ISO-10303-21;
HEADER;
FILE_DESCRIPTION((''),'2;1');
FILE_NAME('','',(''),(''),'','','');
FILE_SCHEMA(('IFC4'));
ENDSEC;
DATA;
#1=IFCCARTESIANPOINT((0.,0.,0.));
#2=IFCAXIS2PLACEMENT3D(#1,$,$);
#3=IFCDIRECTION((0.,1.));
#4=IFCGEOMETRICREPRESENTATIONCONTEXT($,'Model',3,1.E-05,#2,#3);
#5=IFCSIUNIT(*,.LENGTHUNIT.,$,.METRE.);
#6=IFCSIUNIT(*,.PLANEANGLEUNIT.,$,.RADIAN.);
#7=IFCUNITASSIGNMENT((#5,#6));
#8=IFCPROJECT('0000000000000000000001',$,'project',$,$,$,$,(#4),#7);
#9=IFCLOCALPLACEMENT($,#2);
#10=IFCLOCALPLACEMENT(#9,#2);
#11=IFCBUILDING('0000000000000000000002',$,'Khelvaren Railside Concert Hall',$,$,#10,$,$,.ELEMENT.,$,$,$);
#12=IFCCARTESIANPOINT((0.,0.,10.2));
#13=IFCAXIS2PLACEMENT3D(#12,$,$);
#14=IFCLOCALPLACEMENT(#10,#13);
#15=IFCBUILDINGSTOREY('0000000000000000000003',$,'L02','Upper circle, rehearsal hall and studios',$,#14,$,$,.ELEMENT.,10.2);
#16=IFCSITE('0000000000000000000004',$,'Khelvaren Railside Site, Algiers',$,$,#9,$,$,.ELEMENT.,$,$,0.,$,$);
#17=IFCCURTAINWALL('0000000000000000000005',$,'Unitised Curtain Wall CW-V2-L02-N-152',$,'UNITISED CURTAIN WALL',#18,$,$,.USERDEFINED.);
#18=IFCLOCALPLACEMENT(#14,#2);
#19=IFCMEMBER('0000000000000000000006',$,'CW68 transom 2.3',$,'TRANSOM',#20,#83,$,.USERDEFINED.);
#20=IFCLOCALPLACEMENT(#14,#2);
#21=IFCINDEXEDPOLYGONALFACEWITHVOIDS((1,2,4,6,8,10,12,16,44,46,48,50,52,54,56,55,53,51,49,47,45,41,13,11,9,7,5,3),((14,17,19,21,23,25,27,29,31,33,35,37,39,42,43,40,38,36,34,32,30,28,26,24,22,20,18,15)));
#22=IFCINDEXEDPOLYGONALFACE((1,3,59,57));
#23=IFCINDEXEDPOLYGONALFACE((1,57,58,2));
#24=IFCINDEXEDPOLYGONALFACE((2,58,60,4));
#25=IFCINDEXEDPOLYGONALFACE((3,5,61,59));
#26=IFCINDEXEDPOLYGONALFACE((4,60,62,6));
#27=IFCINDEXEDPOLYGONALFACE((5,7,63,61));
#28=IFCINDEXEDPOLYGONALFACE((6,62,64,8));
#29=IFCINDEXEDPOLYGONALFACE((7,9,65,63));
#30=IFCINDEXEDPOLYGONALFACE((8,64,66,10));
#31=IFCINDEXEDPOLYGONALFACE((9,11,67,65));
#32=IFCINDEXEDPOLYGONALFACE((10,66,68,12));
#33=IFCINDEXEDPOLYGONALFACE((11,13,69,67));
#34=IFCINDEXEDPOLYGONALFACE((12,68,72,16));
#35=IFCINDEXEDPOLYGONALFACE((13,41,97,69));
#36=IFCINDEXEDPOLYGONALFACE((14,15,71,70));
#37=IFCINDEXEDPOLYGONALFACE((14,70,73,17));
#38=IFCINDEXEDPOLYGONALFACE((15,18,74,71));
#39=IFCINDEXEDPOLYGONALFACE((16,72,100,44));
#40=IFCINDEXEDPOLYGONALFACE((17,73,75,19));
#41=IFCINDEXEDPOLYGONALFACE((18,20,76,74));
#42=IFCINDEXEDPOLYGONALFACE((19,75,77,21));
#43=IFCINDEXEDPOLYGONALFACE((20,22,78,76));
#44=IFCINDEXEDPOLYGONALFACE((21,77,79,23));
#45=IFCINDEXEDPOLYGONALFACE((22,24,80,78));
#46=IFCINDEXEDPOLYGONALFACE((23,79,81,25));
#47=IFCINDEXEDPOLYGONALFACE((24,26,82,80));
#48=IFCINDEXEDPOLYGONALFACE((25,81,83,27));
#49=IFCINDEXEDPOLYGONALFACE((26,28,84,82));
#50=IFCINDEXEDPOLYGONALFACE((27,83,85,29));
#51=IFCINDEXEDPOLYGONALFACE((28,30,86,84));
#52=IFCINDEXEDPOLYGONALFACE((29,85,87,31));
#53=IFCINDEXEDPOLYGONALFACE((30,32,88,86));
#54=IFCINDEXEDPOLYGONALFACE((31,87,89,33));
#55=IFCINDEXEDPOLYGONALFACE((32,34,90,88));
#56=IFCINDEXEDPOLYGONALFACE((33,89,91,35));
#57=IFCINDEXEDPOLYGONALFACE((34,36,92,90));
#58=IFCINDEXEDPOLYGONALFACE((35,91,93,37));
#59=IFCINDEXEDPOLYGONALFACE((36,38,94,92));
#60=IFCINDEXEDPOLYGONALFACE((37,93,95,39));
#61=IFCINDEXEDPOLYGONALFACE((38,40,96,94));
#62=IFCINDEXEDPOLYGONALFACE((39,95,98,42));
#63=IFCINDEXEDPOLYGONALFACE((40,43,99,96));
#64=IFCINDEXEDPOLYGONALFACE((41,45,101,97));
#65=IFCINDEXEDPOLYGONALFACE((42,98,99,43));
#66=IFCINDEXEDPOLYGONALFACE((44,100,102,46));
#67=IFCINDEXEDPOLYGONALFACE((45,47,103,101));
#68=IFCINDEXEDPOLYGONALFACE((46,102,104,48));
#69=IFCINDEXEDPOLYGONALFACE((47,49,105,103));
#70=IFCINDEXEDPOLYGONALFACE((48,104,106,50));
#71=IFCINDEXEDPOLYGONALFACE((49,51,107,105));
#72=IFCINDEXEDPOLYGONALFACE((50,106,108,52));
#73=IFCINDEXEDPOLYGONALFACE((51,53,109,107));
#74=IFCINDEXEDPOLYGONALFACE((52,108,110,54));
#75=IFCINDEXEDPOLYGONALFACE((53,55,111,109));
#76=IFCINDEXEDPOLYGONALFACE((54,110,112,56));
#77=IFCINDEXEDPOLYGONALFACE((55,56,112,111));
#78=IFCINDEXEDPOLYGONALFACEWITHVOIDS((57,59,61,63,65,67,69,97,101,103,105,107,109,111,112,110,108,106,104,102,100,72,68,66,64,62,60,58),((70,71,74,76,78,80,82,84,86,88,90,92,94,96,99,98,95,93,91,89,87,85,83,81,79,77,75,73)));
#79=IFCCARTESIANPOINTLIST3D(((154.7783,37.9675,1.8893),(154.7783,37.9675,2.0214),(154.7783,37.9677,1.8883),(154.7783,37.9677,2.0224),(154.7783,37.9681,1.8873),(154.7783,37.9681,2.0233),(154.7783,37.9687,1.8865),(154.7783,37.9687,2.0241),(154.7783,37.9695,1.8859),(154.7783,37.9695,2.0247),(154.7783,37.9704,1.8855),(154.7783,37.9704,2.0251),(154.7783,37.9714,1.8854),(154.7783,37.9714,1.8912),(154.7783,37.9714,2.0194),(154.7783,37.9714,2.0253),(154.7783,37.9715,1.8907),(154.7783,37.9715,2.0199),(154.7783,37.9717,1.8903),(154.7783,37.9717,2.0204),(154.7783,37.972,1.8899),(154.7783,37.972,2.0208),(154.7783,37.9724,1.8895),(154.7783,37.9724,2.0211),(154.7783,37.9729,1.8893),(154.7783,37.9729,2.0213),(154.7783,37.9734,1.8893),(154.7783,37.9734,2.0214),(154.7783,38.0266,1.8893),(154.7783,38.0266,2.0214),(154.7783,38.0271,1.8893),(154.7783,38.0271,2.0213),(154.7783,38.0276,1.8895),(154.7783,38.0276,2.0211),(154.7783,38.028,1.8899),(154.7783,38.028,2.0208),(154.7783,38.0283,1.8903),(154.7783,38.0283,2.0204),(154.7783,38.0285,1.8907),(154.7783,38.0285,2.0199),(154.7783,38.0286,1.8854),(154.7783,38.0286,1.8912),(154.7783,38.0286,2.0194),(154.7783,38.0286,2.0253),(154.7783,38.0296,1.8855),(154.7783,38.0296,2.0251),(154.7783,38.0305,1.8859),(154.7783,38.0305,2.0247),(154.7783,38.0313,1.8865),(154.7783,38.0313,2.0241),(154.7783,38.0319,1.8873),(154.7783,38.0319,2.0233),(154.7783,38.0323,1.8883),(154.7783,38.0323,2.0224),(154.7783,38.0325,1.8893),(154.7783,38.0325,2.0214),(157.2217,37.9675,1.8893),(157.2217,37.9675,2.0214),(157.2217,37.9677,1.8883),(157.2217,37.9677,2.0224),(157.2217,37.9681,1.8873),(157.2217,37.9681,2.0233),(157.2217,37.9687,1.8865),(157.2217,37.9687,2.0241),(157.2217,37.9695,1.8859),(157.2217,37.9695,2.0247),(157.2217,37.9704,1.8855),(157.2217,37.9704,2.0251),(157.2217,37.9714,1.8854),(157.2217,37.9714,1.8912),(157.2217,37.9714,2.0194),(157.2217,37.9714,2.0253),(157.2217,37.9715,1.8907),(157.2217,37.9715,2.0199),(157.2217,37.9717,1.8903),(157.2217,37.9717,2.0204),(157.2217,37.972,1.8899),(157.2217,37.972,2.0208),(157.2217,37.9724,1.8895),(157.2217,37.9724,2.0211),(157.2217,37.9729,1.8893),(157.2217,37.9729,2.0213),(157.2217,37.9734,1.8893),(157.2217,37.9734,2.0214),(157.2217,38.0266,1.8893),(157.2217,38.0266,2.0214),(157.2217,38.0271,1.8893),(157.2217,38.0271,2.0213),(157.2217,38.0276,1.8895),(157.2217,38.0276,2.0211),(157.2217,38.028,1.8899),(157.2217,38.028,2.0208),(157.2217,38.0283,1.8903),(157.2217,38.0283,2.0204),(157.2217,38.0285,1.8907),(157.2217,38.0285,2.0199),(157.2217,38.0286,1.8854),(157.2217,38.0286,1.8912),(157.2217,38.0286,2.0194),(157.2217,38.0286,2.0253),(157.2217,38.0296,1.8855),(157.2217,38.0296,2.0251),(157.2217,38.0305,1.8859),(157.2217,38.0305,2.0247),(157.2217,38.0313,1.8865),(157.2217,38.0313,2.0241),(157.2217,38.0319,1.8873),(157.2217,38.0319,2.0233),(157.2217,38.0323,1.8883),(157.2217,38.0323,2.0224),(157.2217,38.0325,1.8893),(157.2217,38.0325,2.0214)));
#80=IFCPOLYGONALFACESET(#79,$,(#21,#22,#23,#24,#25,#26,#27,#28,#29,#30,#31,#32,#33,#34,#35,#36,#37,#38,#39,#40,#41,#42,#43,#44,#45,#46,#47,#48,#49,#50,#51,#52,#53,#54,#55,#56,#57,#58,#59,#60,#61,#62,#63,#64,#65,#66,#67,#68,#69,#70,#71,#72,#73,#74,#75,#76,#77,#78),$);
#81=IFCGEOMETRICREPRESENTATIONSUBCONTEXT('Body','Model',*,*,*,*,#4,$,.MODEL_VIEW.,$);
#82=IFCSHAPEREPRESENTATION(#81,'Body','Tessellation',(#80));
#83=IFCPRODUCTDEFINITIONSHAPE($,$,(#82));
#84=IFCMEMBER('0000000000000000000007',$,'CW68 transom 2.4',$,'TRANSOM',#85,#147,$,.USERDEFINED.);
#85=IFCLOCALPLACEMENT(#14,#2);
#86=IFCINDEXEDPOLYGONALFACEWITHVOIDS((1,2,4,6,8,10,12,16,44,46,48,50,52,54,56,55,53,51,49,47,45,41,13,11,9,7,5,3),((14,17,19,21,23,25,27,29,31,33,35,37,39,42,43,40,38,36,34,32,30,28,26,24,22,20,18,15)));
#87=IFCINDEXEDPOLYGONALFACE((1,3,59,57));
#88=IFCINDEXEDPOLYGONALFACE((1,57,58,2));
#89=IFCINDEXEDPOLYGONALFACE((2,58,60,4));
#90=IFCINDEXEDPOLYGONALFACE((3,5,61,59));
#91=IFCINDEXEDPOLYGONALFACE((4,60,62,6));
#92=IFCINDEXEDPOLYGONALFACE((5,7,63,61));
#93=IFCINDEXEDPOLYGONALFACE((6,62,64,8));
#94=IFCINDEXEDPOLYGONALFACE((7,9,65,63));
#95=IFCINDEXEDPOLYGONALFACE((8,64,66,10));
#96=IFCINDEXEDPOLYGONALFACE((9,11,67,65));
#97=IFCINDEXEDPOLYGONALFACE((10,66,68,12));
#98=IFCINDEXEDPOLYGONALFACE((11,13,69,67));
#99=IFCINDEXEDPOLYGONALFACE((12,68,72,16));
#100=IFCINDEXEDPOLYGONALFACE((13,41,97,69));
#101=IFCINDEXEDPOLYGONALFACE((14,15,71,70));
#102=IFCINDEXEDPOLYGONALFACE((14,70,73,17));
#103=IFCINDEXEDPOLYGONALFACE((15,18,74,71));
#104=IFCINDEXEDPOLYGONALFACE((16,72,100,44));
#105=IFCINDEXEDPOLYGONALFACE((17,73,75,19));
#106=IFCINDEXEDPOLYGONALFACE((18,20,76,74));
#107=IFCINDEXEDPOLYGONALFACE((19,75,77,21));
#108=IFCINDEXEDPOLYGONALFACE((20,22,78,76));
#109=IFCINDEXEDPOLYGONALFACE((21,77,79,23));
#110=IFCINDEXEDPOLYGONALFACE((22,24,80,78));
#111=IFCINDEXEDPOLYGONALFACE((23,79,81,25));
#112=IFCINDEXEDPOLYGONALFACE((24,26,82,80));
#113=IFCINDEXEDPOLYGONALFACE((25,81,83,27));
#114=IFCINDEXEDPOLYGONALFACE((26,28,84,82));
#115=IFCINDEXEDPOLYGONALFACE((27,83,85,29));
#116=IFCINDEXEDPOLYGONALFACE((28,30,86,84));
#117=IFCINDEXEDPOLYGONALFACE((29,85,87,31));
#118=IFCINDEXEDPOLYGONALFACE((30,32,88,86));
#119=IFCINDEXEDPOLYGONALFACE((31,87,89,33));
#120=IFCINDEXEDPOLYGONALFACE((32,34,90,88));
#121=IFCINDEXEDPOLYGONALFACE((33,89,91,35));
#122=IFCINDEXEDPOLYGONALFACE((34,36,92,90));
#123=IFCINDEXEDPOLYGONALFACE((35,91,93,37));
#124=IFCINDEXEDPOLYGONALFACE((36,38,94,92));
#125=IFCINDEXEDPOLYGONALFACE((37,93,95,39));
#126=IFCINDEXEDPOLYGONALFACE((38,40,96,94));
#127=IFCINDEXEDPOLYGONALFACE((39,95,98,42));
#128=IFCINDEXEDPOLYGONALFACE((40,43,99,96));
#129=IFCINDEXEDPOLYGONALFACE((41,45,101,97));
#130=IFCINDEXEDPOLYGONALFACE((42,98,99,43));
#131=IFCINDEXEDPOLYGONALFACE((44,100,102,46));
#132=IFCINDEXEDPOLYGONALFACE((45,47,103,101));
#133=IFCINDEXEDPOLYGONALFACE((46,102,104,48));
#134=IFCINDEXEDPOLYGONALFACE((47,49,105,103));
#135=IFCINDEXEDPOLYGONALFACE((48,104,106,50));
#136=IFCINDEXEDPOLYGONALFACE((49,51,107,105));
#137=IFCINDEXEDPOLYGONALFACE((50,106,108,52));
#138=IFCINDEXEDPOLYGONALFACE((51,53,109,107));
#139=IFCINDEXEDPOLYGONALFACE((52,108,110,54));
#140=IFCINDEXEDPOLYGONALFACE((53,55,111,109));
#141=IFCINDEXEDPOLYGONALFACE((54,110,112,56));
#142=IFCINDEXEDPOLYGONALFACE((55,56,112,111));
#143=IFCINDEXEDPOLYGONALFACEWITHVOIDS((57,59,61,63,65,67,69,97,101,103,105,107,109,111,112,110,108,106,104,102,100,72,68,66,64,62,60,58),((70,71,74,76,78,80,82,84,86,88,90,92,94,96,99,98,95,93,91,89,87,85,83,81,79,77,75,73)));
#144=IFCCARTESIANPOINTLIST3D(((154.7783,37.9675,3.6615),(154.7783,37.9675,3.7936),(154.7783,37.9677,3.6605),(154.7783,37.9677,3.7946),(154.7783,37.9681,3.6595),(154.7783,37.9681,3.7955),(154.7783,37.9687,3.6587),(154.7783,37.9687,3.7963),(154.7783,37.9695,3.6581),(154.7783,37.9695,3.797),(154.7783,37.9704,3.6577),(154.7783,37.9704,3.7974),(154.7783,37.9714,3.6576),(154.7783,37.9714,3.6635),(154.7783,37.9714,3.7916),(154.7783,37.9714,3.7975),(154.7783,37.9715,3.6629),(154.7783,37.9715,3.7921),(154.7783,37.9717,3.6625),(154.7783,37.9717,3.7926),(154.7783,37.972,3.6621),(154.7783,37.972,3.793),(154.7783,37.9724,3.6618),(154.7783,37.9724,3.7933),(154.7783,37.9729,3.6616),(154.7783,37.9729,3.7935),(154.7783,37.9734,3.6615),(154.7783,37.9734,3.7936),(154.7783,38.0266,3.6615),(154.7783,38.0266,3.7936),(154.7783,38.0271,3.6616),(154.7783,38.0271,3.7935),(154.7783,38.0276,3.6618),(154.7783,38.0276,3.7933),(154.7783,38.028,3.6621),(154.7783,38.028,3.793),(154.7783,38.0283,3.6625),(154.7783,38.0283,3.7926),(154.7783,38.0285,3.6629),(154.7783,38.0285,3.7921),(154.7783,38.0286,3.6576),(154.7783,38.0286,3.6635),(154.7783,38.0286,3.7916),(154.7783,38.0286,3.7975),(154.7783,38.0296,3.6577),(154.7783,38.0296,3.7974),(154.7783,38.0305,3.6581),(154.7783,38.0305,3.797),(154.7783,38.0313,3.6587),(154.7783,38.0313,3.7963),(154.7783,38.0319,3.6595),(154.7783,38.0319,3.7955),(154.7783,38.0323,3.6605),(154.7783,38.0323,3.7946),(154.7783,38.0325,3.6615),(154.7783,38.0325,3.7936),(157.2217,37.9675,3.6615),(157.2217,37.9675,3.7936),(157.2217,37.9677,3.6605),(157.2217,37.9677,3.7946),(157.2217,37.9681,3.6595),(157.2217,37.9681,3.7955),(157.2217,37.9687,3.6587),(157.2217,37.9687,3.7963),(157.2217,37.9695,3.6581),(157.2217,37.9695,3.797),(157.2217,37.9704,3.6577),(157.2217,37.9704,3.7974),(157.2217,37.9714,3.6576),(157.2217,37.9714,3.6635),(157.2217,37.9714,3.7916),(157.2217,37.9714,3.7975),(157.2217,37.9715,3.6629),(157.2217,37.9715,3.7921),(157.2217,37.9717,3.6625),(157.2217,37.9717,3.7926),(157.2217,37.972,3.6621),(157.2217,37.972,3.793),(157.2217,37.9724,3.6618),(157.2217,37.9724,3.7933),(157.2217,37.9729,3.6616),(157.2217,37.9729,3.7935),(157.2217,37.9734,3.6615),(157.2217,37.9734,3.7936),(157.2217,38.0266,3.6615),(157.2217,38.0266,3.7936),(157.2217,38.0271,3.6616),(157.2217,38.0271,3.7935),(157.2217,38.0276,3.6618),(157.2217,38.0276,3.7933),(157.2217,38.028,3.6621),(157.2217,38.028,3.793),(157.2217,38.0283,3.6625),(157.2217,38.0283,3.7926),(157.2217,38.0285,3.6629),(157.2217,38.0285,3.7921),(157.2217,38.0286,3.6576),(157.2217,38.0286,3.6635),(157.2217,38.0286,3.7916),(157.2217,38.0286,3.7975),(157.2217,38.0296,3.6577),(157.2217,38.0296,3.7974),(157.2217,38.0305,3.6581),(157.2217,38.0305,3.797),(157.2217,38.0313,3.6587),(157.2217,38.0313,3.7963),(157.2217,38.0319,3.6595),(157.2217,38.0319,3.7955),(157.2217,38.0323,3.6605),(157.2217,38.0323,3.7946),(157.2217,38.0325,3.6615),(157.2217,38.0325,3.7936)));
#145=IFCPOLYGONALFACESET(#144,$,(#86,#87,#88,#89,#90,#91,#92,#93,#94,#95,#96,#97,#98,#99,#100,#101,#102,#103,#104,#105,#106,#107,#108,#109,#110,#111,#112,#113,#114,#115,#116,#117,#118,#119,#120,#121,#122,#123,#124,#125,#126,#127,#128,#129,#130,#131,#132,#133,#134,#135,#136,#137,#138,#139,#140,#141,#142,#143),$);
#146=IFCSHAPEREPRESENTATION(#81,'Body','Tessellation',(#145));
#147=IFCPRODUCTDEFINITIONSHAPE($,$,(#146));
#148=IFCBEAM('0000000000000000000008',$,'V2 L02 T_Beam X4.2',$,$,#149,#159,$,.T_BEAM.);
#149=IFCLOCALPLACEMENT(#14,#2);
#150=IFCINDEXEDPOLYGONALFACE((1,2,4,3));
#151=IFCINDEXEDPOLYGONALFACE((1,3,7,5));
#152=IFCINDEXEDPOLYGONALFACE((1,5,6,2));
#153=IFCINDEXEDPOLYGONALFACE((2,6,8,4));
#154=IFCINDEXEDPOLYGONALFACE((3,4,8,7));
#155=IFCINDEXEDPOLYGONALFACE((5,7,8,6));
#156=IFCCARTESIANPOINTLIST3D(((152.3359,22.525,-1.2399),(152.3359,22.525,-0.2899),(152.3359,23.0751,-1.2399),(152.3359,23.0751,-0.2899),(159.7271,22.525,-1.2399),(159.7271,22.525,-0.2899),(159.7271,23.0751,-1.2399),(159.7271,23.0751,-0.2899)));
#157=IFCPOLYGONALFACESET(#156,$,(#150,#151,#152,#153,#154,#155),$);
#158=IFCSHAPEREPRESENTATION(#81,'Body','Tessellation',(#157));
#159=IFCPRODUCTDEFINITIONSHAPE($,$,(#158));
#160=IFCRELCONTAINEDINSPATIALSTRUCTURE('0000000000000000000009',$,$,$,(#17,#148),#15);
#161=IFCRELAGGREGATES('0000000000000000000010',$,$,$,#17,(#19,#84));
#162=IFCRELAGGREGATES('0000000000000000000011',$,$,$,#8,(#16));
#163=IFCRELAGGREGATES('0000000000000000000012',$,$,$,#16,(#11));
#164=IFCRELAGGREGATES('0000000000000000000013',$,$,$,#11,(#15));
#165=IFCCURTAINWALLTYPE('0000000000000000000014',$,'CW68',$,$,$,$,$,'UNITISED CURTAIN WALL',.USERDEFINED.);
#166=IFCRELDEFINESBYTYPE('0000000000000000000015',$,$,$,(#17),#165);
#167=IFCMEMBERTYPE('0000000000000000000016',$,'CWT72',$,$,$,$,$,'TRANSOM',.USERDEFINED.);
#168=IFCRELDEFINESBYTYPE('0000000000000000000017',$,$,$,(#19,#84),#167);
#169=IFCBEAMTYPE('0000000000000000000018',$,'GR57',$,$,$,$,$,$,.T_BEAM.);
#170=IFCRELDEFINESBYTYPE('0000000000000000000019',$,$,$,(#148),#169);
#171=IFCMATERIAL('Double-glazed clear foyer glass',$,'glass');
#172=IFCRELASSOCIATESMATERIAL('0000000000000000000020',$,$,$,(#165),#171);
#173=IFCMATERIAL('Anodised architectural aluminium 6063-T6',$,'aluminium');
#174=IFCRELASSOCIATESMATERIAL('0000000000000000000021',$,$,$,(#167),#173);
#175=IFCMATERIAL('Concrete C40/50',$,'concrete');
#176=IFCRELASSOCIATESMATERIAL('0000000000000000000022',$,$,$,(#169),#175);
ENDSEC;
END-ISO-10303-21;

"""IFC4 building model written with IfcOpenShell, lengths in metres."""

from ifc_helpers import new_model, si_unit, direction, frame, origin, origin_2d, place, context, subcontext, project, spatial, rectangle, hollow_rectangle, extrude, material, material_profile, profile_set, type_object, element, aggregate, save


model = new_model("IFC4")

# Units and contexts
model_context = context("Model", 3, precision=1e-05, world=origin(), true_north=direction((0.0, 1.0)))
body_context = subcontext(model_context, "Body", "Model", "MODEL_VIEW")
ifc_project = project(units=[si_unit("LENGTHUNIT", "METRE"), si_unit("PLANEANGLEUNIT", "RADIAN")], contexts=[model_context])

# Site, building, storey
site_placement = place(None, origin())
site = spatial("IfcSite", under=ifc_project, at=site_placement, Name="Khelvaren Railside Site, Algiers", CompositionType="ELEMENT", RefElevation=0.0)
building_placement = place(site_placement, origin())
building = spatial("IfcBuilding", under=site, at=building_placement, Name="Khelvaren Railside Concert Hall", CompositionType="ELEMENT")
storey_placement = place(building_placement, frame((0.0, 0.0, 10.2)))
storey = spatial("IfcBuildingStorey", under=building, at=storey_placement, Name="L02", Description="Upper circle, rehearsal hall and studios", CompositionType="ELEMENT", Elevation=10.2)

# Curtain wall, members
ifc_material_1 = material(Name="Double-glazed clear foyer glass", Category="glass")
curtain_wall_type = type_object("IfcCurtainWallType", Name="CW68", ElementType="UNITISED CURTAIN WALL", PredefinedType="USERDEFINED", material=ifc_material_1)
curtain_wall_placement = place(storey_placement, origin())
curtain_wall = element("IfcCurtainWall", 1, at=curtain_wall_placement, inside=storey, type_object=curtain_wall_type, Name="Unitised Curtain Wall CW-V2-L02-N-152", ObjectType="UNITISED CURTAIN WALL", PredefinedType="USERDEFINED")
ifc_material_2 = material(Name="Anodised architectural aluminium 6063-T6", Category="aluminium")
ifc_material_profile_1 = material_profile(ifc_material_2, hollow_rectangle(XDim=0.0649, YDim=0.1399, WallThickness=0.0039, InnerFilletRadius=0.002, OuterFilletRadius=0.0039, at=origin_2d()), Name="CWT 65x140x4")
ifc_profile_set_1 = profile_set([ifc_material_profile_1], Name="Anodised architectural aluminium 6063-T6")
member_type_1 = type_object("IfcMemberType", Name="CWT72", ElementType="TRANSOM", PredefinedType="USERDEFINED", material=ifc_profile_set_1)
member_1_placement = place(storey_placement, frame((154.7783, 38.0, 1.9553), z_axis=(1.0, 0.0, 0.0), x_axis=(0.0, 1.0, 0.0)))
member_1 = element("IfcMember", 2, at=member_1_placement, type_object=member_type_1, Name="CW68 transom 2.3", ObjectType="TRANSOM", PredefinedType="USERDEFINED", context=body_context, shape_type="SweptSolid", body=[
    extrude(hollow_rectangle(XDim=0.0649, YDim=0.1399, WallThickness=0.0039, InnerFilletRadius=0.002, OuterFilletRadius=0.0039, at=origin_2d()), origin(), (0.0, 0.0, 1.0), 2.4434),
])
member_2_placement = place(storey_placement, frame((154.7783, 38.0, 3.7275), z_axis=(1.0, 0.0, 0.0), x_axis=(0.0, 1.0, 0.0)))
member_2 = element("IfcMember", 3, at=member_2_placement, type_object=member_type_1, Name="CW68 transom 2.4", ObjectType="TRANSOM", PredefinedType="USERDEFINED", context=body_context, shape_type="SweptSolid", body=[
    extrude(hollow_rectangle(XDim=0.0649, YDim=0.1399, WallThickness=0.0039, InnerFilletRadius=0.002, OuterFilletRadius=0.0039, at=origin_2d()), origin(), (0.0, 0.0, 1.0), 2.4434),
])

# Beam
ifc_material_3 = material(Name="Concrete C40/50", Category="concrete")
ifc_material_profile_2 = material_profile(ifc_material_3, rectangle(XDim=0.55, YDim=0.95, at=origin_2d()), Name="RCB 550x950")
ifc_profile_set_2 = profile_set([ifc_material_profile_2], Name="Concrete C40/50")
beam_type_1 = type_object("IfcBeamType", Name="GR57", PredefinedType="T_BEAM", material=ifc_profile_set_2)
beam_1_placement = place(storey_placement, frame((152.3359, 22.8, -0.7649), z_axis=(1.0, 0.0, 0.0), x_axis=(0.0, 1.0, 0.0)))
element("IfcBeam", 4, at=beam_1_placement, inside=storey, type_object=beam_type_1, Name="V2 L02 T_Beam X4.2", PredefinedType="T_BEAM", context=body_context, shape_type="SweptSolid", body=[
    extrude(rectangle(XDim=0.55, YDim=0.95, at=origin_2d()), origin(), (0.0, 0.0, 1.0), 7.3911),
])

aggregate(curtain_wall, [member_1, member_2])

save(model, "model.ifc")
